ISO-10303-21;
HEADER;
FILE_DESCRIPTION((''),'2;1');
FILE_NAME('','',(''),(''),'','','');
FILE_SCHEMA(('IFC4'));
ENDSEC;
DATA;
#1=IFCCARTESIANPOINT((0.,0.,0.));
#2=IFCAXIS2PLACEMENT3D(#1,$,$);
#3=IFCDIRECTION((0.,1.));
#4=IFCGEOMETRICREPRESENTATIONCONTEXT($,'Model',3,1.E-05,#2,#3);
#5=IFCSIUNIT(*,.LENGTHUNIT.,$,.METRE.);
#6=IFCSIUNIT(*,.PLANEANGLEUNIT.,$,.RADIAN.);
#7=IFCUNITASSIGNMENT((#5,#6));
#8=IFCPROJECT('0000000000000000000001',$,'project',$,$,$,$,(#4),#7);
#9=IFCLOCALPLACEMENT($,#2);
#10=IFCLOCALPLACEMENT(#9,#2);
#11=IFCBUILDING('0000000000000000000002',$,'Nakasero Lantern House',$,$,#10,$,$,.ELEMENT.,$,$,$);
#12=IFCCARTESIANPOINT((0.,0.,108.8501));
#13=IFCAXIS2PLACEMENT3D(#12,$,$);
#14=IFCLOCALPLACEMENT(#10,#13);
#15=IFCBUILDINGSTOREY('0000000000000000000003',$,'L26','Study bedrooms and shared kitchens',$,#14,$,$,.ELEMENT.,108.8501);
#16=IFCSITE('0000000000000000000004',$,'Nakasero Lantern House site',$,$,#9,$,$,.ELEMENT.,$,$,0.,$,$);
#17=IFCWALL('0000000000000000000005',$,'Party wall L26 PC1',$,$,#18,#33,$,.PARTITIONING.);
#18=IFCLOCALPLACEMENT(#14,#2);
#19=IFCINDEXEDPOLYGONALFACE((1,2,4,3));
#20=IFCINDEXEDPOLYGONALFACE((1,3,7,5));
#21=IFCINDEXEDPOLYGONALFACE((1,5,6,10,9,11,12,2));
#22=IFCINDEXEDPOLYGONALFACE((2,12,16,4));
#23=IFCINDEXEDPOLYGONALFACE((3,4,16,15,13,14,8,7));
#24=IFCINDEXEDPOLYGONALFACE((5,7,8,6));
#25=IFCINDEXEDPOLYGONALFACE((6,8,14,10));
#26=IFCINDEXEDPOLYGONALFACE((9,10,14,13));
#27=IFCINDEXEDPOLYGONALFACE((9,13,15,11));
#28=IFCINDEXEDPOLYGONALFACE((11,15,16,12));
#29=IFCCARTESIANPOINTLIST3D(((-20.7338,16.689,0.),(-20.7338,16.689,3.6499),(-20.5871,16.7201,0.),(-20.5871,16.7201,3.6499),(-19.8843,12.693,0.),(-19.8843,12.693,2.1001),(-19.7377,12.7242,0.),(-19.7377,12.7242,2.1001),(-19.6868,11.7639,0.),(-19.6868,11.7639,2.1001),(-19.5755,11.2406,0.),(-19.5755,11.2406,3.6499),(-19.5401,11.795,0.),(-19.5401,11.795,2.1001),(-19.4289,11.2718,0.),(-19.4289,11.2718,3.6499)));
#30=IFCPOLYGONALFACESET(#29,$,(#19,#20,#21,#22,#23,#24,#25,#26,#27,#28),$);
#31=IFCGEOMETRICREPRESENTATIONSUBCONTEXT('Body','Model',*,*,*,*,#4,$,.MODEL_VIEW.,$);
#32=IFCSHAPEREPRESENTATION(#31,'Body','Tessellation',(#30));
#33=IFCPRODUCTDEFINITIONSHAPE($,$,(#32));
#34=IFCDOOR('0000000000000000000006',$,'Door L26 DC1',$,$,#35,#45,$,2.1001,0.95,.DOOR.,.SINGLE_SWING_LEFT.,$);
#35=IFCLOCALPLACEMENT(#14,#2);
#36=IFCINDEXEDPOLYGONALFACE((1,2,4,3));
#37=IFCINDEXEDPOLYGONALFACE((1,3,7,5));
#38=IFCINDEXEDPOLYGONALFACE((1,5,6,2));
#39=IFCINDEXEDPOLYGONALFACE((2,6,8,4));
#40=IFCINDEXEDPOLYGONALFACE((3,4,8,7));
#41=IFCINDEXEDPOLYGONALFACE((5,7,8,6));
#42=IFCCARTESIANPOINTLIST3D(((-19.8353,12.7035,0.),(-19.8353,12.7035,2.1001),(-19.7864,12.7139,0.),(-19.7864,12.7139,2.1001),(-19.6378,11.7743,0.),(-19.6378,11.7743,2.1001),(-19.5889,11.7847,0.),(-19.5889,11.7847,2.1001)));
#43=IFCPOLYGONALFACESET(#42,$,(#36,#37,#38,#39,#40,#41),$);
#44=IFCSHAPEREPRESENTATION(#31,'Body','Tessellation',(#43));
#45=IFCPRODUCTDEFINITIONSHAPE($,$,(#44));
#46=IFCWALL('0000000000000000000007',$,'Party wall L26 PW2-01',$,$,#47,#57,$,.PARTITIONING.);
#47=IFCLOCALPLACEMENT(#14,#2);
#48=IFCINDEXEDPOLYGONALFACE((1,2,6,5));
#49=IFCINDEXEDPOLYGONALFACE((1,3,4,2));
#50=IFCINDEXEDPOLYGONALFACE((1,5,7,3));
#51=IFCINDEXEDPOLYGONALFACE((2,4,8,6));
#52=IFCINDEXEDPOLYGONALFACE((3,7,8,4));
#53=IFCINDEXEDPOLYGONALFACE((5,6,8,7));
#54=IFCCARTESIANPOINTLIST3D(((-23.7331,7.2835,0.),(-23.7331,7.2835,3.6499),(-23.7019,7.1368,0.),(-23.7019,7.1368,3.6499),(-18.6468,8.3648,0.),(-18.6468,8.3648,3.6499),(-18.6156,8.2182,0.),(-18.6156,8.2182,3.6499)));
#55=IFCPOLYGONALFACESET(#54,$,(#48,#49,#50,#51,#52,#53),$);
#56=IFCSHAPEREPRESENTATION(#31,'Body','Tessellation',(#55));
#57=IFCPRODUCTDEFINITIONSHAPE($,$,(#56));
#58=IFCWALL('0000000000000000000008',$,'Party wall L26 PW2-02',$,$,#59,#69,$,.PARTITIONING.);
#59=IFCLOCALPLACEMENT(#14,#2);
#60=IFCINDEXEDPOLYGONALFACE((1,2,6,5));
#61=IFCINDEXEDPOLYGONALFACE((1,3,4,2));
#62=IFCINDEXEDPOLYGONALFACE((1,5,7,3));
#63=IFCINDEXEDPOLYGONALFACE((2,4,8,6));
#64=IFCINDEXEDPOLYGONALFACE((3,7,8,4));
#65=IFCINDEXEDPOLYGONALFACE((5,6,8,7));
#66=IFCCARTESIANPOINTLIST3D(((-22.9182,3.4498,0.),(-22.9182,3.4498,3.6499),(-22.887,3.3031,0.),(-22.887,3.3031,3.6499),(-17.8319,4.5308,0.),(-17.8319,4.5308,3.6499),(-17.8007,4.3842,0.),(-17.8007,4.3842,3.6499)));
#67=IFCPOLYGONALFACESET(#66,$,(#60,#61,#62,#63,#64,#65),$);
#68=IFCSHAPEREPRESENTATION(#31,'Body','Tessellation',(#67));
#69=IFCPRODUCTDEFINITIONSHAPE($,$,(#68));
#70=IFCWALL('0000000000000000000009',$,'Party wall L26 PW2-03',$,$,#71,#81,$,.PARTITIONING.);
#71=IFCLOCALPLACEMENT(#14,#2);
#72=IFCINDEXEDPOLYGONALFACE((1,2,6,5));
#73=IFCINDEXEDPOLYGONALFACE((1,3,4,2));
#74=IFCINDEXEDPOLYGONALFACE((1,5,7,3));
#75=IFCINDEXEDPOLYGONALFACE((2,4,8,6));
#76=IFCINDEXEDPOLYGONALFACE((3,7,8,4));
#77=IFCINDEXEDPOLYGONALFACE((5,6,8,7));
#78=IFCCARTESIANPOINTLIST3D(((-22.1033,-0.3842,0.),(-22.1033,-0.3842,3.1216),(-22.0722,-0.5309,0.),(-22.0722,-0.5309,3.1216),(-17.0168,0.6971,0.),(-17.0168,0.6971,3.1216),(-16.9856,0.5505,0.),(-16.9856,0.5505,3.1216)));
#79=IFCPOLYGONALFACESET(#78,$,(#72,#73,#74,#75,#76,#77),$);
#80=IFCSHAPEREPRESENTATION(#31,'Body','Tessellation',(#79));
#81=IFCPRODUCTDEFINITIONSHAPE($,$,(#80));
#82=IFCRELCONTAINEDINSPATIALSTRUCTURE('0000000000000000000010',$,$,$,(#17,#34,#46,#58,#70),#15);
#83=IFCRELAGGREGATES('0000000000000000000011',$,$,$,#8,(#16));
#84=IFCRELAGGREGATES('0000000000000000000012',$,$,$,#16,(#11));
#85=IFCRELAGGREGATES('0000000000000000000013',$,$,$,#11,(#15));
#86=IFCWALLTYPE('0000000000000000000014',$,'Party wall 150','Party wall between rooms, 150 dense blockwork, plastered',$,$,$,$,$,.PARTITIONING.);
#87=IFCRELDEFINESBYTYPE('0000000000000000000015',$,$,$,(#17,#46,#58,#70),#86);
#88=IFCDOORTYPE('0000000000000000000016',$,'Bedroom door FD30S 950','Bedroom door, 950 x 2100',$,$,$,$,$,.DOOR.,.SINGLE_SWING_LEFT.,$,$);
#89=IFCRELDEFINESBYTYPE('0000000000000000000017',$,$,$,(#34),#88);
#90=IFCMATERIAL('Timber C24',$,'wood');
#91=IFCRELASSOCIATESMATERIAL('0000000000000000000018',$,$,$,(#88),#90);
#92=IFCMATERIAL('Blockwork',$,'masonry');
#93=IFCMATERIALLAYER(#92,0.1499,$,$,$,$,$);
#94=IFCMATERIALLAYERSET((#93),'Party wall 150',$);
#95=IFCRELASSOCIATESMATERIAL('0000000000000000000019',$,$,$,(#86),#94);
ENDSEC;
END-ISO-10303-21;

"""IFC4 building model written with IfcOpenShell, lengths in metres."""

from ifc_helpers import new_model, si_unit, direction, frame, frame_2d, origin, place, context, subcontext, project, spatial, rectangle, extrude, material, layer, layer_set, type_object, element, fill, save


model = new_model("IFC4")

# Units and contexts
model_context = context("Model", 3, precision=1e-05, world=origin(), true_north=direction((0.0, 1.0)))
body_context = subcontext(model_context, "Body", "Model", "MODEL_VIEW")
ifc_project = project(units=[si_unit("LENGTHUNIT", "METRE"), si_unit("PLANEANGLEUNIT", "RADIAN")], contexts=[model_context])

# Site, building, storey
site_placement = place(None, origin())
site = spatial("IfcSite", under=ifc_project, at=site_placement, Name="Nakasero Lantern House site", CompositionType="ELEMENT", RefElevation=0.0)
building_placement = place(site_placement, origin())
building = spatial("IfcBuilding", under=site, at=building_placement, Name="Nakasero Lantern House", CompositionType="ELEMENT")
storey_placement = place(building_placement, frame((0.0, 0.0, 108.8501)))
storey = spatial("IfcBuildingStorey", under=building, at=storey_placement, Name="L26", Description="Study bedrooms and shared kitchens", CompositionType="ELEMENT", Elevation=108.8501)

# Shared definitions
ifc_material_1 = material(Name="Timber C24", Category="wood")
door_type_1 = type_object("IfcDoorType", Name="Bedroom door FD30S 950", Description="Bedroom door, 950 x 2100", OperationType="SINGLE_SWING_LEFT", PredefinedType="DOOR", material=ifc_material_1)

# Wall, opening, door
ifc_material_2 = material(Name="Blockwork", Category="masonry")
ifc_layer_1 = layer(ifc_material_2, 0.1499)
ifc_layer_set_1 = layer_set([ifc_layer_1], Name="Party wall 150")
wall_type_1 = type_object("IfcWallType", Name="Party wall 150", Description="Party wall between rooms, 150 dense blockwork, plastered", PredefinedType="PARTITIONING", material=ifc_layer_set_1)
wall_1_placement = place(storey_placement, frame((-19.5022, 11.2561, 0.0), z_axis=(0.0, 0.0, 1.0), x_axis=(-0.207936, 0.978142, 0.0)))
wall_1 = element("IfcWall", 1, at=wall_1_placement, inside=storey, type_object=wall_type_1, Name="Party wall L26 PC1", PredefinedType="PARTITIONING", context=body_context, shape_type="SweptSolid", body=[
    extrude(rectangle(XDim=5.5701, YDim=0.1499, at=frame_2d((2.7852, 0.0))), origin(), (0.0, 0.0, 1.0), 3.6499),
])
opening_1_placement = place(wall_1_placement, frame((0.5349, 0.0, 0.0)))
opening_1 = element("IfcOpeningElement", 2, at=opening_1_placement, cuts=wall_1, PredefinedType="OPENING", context=body_context, shape_type="SweptSolid", body=[
    extrude(rectangle(XDim=0.95, YDim=2.1001, at=frame_2d((0.4751, 1.05))), frame((0.0, 0.095, 0.0), z_axis=(0.0, -1.0, 0.0), x_axis=(1.0, 0.0, 0.0)), (0.0, 0.0, 1.0), 0.1899),
])
door_1_placement = place(opening_1_placement, origin())
door_1 = element("IfcDoor", 3, at=door_1_placement, inside=storey, type_object=door_type_1, Name="Door L26 DC1", OperationType="SINGLE_SWING_LEFT", OverallHeight=2.1001, OverallWidth=0.95, PredefinedType="DOOR", context=body_context, shape_type="SweptSolid", body=[
    extrude(rectangle(XDim=0.95, YDim=2.1001, at=frame_2d((0.4751, 1.05))), frame((0.0, 0.0249, 0.0), z_axis=(0.0, -1.0, 0.0), x_axis=(1.0, 0.0, 0.0)), (0.0, 0.0, 1.0), 0.05),
])
fill(opening_1, door_1)

# Walls
for number, where, z_axis, x_axis, name in (
    (4, (-18.6311, 8.2915, 0.0), (0.0, 0.0, 1.0), (-0.97814, -0.207948, 0.0), "Party wall L26 PW2-01"),
    (5, (-17.8162, 4.4575, 0.0), (0.0, 0.0, 1.0), (-0.978151, -0.207894, 0.0), "Party wall L26 PW2-02"),
):
    element("IfcWall", number, at=place(storey_placement, frame(where, z_axis=z_axis, x_axis=x_axis)), inside=storey, type_object=wall_type_1, Name=name, PredefinedType="PARTITIONING", context=body_context, shape_type="SweptSolid", body=[
        extrude(rectangle(XDim=5.2, YDim=0.1499, at=frame_2d((2.6001, 0.0))), origin(), (0.0, 0.0, 1.0), 3.6499),
    ])
wall_2_placement = place(storey_placement, frame((-17.0012, 0.6238, 0.0), z_axis=(0.0, 0.0, 1.0), x_axis=(-0.978142, -0.207938, 0.0)))
element("IfcWall", 6, at=wall_2_placement, inside=storey, type_object=wall_type_1, Name="Party wall L26 PW2-03", PredefinedType="PARTITIONING", context=body_context, shape_type="SweptSolid", body=[
    extrude(rectangle(XDim=5.2002, YDim=0.1499, at=frame_2d((2.6001, 0.0))), origin(), (0.0, 0.0, 1.0), 3.1216),
])

save(model, "model.ifc")
